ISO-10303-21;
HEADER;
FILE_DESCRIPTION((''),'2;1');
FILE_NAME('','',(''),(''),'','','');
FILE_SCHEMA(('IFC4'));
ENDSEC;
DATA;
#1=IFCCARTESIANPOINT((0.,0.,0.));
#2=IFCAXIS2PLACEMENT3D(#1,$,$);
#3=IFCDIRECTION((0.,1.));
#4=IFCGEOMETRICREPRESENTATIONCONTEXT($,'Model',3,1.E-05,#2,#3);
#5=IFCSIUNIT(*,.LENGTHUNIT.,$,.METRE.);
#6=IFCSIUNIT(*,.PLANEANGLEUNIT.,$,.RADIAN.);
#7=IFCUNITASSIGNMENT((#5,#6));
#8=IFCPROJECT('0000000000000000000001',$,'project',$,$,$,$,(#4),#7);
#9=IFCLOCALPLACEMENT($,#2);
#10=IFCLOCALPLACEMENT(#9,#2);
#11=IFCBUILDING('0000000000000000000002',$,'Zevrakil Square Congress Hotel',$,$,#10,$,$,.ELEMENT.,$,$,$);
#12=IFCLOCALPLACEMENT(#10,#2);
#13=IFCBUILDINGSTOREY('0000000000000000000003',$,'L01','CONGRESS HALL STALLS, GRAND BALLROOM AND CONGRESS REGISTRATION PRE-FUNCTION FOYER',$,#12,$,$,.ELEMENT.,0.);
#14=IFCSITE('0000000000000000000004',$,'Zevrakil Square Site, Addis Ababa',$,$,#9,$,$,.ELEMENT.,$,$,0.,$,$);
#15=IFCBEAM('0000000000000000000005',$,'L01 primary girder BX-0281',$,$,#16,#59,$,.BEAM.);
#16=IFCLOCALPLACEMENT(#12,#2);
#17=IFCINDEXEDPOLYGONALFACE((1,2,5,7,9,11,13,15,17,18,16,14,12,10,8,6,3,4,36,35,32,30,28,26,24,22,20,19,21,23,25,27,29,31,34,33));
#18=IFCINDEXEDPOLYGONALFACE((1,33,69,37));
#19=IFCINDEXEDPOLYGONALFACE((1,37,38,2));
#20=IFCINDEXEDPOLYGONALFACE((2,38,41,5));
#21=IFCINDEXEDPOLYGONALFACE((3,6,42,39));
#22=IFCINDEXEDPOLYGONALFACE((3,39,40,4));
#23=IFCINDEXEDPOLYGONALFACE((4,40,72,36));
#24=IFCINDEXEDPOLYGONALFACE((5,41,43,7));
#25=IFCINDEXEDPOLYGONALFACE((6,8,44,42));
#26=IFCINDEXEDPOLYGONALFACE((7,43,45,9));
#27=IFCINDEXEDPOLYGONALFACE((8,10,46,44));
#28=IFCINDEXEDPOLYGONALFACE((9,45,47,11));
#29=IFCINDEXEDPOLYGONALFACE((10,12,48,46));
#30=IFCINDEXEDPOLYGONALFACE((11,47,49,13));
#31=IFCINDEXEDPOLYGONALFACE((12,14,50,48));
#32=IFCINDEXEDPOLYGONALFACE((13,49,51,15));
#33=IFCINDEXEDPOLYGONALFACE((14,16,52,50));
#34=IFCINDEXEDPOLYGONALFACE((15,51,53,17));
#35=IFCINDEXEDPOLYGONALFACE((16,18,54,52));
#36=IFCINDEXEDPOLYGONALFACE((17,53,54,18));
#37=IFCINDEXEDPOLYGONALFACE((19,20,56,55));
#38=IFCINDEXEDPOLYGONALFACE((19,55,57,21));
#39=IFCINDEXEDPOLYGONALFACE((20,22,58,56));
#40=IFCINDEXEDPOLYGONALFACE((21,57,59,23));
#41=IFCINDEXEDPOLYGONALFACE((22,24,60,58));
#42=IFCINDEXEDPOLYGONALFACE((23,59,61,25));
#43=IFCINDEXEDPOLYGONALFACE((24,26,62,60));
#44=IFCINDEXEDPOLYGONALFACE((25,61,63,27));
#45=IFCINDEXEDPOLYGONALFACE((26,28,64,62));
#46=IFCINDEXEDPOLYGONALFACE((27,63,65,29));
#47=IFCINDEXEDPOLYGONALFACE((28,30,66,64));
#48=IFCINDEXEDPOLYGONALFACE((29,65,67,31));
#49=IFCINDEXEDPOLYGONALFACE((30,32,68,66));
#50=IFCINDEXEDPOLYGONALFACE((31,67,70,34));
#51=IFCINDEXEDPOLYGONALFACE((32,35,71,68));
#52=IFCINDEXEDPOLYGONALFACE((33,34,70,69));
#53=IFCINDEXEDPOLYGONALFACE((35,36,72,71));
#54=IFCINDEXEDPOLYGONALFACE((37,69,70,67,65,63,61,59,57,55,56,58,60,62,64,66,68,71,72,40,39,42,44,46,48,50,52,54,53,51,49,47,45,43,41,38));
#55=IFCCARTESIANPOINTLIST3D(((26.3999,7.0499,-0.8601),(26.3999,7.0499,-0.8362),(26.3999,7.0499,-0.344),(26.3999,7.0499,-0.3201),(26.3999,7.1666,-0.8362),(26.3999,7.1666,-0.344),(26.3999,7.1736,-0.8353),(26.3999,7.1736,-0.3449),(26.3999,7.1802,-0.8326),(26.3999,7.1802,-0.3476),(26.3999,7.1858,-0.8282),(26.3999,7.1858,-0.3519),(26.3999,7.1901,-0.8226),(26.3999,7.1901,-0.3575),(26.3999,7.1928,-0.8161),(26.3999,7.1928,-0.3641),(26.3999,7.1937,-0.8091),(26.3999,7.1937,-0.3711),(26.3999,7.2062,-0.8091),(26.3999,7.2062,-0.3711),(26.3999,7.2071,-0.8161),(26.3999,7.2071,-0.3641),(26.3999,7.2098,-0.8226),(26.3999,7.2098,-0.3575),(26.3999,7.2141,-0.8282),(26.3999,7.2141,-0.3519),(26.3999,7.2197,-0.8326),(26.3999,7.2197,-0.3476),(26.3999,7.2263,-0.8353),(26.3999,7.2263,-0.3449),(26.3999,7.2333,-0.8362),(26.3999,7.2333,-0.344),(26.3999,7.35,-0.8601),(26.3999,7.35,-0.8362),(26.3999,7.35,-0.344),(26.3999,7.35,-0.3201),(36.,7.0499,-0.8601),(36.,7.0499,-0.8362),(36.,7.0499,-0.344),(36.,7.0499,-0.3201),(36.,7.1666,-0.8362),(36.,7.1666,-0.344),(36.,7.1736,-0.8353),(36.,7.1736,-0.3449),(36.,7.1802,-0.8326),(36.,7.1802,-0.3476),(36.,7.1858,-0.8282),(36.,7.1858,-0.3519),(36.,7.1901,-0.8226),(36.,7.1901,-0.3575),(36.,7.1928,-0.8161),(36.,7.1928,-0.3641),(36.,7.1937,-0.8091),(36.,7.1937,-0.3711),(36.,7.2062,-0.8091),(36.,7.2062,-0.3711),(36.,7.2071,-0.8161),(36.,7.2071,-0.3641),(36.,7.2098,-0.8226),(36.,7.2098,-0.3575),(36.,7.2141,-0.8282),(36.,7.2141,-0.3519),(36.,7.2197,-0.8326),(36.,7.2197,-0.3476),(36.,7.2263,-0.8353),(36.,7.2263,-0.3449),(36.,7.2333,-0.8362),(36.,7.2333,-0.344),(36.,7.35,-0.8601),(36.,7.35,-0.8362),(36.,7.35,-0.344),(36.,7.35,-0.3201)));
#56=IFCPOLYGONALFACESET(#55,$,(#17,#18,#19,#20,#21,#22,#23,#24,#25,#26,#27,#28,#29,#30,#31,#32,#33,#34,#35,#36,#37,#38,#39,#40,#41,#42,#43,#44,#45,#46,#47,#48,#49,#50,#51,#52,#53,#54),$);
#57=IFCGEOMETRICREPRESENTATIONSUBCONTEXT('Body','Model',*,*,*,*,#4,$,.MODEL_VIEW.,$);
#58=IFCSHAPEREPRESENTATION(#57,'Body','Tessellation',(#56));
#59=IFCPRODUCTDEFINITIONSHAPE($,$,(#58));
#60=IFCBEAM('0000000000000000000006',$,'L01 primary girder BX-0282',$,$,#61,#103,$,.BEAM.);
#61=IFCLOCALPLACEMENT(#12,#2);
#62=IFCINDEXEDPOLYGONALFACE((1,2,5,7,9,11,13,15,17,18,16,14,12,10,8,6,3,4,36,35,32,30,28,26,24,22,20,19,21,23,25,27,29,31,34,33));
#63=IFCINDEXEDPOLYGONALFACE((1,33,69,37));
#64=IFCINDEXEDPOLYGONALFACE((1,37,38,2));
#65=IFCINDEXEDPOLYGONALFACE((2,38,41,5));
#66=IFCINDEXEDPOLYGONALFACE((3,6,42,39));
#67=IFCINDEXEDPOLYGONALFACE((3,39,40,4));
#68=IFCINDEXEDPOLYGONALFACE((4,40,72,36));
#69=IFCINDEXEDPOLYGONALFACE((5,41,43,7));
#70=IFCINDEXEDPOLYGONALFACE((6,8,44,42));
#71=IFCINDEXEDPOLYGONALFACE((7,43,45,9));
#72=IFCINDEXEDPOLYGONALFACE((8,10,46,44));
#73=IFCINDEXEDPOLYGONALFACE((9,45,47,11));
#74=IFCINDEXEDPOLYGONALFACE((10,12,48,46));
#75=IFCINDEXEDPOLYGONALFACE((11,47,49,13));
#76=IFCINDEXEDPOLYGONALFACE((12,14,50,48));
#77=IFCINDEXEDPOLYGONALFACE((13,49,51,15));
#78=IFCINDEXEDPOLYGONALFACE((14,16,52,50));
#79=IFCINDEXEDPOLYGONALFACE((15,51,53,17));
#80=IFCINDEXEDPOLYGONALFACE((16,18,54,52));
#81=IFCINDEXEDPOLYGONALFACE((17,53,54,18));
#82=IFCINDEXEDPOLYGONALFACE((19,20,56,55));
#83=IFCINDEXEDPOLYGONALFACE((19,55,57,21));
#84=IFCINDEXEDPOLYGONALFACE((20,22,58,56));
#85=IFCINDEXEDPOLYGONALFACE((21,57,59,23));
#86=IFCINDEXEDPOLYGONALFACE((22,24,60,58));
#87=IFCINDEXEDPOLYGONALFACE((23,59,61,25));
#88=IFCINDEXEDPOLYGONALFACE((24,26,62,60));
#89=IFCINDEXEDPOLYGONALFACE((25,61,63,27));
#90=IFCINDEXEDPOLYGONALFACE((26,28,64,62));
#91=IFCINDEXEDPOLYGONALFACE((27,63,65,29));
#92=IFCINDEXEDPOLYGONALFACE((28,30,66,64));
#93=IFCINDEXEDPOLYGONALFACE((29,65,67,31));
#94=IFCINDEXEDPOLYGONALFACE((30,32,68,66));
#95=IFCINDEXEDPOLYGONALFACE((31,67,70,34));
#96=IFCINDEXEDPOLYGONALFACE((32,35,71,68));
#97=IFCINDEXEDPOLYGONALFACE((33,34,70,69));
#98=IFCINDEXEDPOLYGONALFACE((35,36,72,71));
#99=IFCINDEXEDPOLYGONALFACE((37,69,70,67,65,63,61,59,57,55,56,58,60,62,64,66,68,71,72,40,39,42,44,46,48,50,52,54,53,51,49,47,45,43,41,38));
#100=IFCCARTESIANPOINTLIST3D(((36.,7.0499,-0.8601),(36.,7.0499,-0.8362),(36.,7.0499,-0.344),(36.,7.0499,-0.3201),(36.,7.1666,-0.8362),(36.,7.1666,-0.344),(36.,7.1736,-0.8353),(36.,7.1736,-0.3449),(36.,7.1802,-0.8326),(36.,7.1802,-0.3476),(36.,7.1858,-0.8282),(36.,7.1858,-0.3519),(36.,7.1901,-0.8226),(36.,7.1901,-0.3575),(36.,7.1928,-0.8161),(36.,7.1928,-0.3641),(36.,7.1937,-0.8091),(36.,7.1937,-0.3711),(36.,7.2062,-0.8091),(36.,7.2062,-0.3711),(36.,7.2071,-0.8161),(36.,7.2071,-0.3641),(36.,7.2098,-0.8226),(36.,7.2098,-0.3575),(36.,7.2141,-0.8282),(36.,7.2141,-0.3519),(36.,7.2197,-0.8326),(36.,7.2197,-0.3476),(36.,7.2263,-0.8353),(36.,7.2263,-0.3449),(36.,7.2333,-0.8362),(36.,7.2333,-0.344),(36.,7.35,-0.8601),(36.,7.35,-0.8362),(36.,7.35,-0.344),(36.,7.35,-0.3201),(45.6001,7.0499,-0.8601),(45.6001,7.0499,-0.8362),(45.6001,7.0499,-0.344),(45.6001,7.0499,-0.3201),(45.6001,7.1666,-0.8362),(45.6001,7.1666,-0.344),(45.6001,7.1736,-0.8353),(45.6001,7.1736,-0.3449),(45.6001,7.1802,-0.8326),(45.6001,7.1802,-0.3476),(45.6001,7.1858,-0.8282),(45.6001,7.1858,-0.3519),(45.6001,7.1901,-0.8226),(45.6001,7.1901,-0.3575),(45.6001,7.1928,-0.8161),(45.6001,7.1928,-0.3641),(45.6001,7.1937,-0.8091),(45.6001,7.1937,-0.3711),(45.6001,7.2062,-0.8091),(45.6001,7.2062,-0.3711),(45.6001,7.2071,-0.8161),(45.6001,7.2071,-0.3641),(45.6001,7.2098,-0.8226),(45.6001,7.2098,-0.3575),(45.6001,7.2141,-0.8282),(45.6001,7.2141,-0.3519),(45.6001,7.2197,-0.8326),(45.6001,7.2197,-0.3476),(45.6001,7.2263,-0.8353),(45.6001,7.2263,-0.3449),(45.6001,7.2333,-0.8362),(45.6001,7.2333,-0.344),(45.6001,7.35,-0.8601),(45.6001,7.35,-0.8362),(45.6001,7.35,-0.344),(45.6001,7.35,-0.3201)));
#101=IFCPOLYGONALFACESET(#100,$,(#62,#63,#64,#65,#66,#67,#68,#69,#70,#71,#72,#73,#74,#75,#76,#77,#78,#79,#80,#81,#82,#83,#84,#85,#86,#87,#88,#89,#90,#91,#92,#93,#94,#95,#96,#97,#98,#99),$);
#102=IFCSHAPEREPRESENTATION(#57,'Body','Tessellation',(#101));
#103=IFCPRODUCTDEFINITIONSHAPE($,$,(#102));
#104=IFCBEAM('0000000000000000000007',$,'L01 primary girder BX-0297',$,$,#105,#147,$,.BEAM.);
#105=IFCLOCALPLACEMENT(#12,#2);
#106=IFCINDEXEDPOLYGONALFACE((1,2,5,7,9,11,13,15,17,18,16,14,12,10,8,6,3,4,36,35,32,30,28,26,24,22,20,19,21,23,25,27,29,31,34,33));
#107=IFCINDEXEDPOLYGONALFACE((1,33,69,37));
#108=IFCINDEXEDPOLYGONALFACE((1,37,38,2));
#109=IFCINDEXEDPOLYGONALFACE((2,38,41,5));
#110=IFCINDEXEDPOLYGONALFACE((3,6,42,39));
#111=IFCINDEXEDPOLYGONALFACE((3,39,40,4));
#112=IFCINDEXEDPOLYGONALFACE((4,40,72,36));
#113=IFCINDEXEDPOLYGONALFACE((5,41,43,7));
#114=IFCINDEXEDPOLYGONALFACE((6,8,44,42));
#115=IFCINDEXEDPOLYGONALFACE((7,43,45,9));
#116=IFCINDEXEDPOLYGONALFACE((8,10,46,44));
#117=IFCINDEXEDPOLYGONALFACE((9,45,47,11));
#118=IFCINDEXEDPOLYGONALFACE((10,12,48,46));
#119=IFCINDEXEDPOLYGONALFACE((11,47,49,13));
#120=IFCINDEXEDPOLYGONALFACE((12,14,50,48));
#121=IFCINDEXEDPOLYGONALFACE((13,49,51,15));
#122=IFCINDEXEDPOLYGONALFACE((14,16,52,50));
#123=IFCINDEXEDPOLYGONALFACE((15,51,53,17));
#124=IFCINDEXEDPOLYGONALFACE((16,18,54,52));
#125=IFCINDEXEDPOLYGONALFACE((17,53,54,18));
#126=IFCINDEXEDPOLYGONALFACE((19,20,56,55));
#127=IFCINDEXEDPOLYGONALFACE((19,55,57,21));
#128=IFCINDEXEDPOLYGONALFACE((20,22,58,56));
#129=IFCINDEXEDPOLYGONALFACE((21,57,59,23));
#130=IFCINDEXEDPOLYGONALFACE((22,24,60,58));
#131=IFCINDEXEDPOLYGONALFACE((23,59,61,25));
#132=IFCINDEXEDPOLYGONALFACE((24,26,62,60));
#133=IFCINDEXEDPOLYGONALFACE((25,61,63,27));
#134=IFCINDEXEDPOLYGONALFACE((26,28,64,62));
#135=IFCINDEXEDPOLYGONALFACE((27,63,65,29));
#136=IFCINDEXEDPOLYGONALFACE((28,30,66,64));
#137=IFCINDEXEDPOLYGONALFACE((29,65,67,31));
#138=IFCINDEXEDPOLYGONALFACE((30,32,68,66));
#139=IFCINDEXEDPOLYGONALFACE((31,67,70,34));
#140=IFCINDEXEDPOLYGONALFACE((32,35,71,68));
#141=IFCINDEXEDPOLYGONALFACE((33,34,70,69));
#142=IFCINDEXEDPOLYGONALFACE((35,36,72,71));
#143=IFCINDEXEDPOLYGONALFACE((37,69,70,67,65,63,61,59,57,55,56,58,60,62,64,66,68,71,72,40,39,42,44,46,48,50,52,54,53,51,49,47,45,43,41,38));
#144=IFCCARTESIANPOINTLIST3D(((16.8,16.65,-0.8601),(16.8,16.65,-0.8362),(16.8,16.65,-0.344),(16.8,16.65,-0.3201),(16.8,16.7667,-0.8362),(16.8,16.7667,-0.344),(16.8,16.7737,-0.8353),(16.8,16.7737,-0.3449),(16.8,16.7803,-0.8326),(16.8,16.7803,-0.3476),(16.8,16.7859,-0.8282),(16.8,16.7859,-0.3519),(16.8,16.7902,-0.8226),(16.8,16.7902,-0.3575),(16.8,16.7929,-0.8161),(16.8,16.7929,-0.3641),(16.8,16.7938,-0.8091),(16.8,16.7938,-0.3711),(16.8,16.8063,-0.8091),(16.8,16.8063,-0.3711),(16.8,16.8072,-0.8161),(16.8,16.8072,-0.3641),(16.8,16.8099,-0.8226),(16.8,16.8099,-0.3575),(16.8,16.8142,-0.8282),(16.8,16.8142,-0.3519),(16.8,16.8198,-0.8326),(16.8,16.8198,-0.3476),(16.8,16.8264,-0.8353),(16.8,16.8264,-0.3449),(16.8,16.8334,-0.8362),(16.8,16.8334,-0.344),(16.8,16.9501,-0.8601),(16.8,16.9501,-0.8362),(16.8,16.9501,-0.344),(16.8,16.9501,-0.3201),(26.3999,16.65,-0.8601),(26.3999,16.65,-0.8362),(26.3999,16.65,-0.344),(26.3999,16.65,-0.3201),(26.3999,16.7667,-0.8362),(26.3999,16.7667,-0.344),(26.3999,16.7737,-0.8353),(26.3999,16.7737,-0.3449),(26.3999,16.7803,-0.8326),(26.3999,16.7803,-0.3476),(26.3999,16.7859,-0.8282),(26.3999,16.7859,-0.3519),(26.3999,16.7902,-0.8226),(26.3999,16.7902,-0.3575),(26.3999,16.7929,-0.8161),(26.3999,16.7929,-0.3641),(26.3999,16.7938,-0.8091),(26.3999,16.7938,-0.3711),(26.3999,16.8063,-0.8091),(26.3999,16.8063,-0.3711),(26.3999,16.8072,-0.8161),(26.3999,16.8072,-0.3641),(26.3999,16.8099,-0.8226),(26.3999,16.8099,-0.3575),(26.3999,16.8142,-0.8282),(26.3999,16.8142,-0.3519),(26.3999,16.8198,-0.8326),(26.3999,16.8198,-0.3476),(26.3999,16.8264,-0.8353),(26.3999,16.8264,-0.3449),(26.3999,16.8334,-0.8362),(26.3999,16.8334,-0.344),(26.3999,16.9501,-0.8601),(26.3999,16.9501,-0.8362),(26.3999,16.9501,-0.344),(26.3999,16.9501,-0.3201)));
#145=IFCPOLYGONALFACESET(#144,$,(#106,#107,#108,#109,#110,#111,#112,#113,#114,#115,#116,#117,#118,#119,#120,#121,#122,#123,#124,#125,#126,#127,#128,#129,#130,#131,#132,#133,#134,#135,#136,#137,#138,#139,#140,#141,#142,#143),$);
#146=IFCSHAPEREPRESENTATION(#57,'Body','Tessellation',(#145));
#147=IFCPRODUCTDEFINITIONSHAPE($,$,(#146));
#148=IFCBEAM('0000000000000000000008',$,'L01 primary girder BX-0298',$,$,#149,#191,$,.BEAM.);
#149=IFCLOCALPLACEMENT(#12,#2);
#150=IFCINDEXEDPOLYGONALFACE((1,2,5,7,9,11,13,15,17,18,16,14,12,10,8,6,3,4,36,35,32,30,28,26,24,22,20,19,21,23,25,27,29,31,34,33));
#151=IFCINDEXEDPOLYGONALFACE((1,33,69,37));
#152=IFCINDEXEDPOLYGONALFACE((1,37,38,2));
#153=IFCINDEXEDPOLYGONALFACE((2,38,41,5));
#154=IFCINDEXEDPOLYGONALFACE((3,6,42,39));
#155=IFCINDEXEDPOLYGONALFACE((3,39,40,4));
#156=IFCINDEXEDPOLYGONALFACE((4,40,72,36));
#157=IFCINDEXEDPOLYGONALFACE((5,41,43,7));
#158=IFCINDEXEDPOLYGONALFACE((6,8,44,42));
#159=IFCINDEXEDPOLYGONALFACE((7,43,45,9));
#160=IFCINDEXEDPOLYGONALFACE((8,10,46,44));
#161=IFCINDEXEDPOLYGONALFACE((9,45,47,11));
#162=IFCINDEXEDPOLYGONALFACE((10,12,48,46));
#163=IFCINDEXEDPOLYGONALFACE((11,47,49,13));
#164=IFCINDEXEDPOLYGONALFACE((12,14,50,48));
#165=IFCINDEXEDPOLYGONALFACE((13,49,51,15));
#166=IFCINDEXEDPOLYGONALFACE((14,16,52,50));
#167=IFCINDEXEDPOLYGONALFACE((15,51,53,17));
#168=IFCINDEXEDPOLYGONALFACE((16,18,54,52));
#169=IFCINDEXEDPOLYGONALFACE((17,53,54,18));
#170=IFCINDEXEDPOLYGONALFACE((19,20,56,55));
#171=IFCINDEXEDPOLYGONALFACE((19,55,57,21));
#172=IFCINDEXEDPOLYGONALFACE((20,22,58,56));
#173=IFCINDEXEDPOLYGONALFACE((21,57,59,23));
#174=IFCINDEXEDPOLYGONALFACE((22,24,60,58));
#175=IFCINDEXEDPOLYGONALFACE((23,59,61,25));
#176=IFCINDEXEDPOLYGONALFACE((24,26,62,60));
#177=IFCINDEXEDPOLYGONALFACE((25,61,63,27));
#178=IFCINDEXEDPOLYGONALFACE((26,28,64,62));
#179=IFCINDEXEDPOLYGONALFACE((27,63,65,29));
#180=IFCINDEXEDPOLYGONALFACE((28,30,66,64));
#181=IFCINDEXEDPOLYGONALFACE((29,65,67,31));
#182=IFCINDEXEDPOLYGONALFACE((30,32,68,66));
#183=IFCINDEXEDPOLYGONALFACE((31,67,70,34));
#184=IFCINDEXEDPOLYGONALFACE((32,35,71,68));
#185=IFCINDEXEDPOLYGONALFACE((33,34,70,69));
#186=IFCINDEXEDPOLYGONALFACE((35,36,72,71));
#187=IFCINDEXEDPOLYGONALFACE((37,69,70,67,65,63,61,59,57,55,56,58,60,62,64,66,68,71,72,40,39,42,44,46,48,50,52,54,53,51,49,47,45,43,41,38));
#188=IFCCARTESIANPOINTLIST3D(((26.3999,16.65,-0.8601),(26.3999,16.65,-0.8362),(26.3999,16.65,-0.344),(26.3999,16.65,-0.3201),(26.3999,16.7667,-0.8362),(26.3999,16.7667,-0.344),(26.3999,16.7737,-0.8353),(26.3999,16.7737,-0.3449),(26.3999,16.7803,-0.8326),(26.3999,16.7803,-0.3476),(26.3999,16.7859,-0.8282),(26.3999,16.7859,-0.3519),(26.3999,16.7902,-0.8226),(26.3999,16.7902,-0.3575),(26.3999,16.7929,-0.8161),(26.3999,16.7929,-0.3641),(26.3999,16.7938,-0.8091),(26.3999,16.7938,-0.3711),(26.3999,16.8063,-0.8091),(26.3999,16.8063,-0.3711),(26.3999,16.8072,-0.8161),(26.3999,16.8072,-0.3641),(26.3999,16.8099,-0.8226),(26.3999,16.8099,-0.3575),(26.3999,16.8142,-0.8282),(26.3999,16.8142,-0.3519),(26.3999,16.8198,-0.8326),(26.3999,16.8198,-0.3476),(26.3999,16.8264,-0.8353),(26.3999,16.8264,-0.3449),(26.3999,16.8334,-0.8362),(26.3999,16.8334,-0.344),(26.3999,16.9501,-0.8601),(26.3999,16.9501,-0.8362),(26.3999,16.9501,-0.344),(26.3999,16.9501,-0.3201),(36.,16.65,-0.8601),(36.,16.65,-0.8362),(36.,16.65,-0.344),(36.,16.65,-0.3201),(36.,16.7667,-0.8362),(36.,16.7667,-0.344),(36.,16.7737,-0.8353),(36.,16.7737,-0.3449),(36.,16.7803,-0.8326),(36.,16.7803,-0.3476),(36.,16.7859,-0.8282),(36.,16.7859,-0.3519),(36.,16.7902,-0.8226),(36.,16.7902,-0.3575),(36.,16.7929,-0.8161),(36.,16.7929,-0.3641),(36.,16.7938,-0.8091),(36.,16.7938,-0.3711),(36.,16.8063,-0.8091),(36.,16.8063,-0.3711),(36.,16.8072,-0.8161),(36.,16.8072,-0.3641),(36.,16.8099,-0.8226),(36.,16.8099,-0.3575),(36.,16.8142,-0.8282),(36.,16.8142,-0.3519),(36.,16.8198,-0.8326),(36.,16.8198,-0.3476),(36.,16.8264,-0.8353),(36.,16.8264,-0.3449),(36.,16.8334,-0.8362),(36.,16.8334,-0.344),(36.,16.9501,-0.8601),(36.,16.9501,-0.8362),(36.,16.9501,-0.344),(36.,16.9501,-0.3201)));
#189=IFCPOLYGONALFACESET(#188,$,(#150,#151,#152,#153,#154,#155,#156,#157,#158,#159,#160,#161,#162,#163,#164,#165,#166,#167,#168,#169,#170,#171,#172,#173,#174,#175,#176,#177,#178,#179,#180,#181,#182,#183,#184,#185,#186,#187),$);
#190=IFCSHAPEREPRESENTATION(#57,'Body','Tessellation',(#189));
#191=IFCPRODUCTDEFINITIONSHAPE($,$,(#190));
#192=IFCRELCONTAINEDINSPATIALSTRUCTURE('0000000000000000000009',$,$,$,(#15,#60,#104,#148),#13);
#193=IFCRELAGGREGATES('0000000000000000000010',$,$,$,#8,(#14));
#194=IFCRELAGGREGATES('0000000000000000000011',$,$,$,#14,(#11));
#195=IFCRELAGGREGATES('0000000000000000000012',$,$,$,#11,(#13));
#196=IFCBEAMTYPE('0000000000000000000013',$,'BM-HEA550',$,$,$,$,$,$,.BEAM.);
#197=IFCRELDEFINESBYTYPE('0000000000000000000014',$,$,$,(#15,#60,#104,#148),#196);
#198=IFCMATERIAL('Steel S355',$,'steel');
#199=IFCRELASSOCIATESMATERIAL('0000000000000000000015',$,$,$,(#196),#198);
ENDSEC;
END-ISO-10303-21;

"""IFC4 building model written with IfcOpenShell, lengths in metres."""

from ifc_helpers import new_model, si_unit, direction, frame, origin, origin_2d, place, context, subcontext, project, spatial, i_section, extrude, material, material_profile, profile_set, type_object, element, save


model = new_model("IFC4")

# Units and contexts
model_context = context("Model", 3, precision=1e-05, world=origin(), true_north=direction((0.0, 1.0)))
body_context = subcontext(model_context, "Body", "Model", "MODEL_VIEW")
ifc_project = project(units=[si_unit("LENGTHUNIT", "METRE"), si_unit("PLANEANGLEUNIT", "RADIAN")], contexts=[model_context])

# Site, building, storey
site_placement = place(None, origin())
site = spatial("IfcSite", under=ifc_project, at=site_placement, Name="Zevrakil Square Site, Addis Ababa", CompositionType="ELEMENT", RefElevation=0.0)
building_placement = place(site_placement, origin())
building = spatial("IfcBuilding", under=site, at=building_placement, Name="Zevrakil Square Congress Hotel", CompositionType="ELEMENT")
storey_placement = place(building_placement, origin())
storey = spatial("IfcBuildingStorey", under=building, at=storey_placement, Name="L01", Description="CONGRESS HALL STALLS, GRAND BALLROOM AND CONGRESS REGISTRATION PRE-FUNCTION FOYER", CompositionType="ELEMENT", Elevation=0.0)

# Beams
ifc_material_1 = material(Name="Steel S355", Category="steel")
ifc_material_profile_1 = material_profile(ifc_material_1, i_section(OverallWidth=0.3, OverallDepth=0.54, WebThickness=0.0125, FlangeThickness=0.0239, FilletRadius=0.0271, at=origin_2d()), Name="HEA 550")
ifc_profile_set_1 = profile_set([ifc_material_profile_1], Name="Steel S355")
beam_type_1 = type_object("IfcBeamType", Name="BM-HEA550", PredefinedType="BEAM", material=ifc_profile_set_1)
for number, where, z_axis, x_axis, name in (
    (1, (26.3999, 7.2, -0.5901), (1.0, 0.0, 0.0), (0.0, 1.0, 0.0), "L01 primary girder BX-0281"),
    (2, (36.0, 7.2, -0.5901), (1.0, 0.0, 0.0), (0.0, 1.0, 0.0), "L01 primary girder BX-0282"),
):
    element("IfcBeam", number, at=place(storey_placement, frame(where, z_axis=z_axis, x_axis=x_axis)), inside=storey, type_object=beam_type_1, Name=name, PredefinedType="BEAM", context=body_context, shape_type="SweptSolid", body=[
        extrude(i_section(OverallWidth=0.3, OverallDepth=0.54, WebThickness=0.0125, FlangeThickness=0.0239, FilletRadius=0.0271, at=origin_2d()), origin(), (0.0, 0.0, 1.0), 9.6001),
    ])
beam_1_placement = place(storey_placement, frame((16.8, 16.8, -0.5901), z_axis=(1.0, 0.0, 0.0), x_axis=(0.0, 1.0, 0.0)))
element("IfcBeam", 3, at=beam_1_placement, inside=storey, type_object=beam_type_1, Name="L01 primary girder BX-0297", PredefinedType="BEAM", context=body_context, shape_type="SweptSolid", body=[
    extrude(i_section(OverallWidth=0.3, OverallDepth=0.54, WebThickness=0.0125, FlangeThickness=0.0239, FilletRadius=0.0271, at=origin_2d()), origin(), (0.0, 0.0, 1.0), 9.5999),
])
for number, where, z_axis, x_axis, name in (
    (4, (26.3999, 16.8, -0.5901), (1.0, 0.0, 0.0), (0.0, 1.0, 0.0), "L01 primary girder BX-0298"),
):
    element("IfcBeam", number, at=place(storey_placement, frame(where, z_axis=z_axis, x_axis=x_axis)), inside=storey, type_object=beam_type_1, Name=name, PredefinedType="BEAM", context=body_context, shape_type="SweptSolid", body=[
        extrude(i_section(OverallWidth=0.3, OverallDepth=0.54, WebThickness=0.0125, FlangeThickness=0.0239, FilletRadius=0.0271, at=origin_2d()), origin(), (0.0, 0.0, 1.0), 9.6001),
    ])

save(model, "model.ifc")
